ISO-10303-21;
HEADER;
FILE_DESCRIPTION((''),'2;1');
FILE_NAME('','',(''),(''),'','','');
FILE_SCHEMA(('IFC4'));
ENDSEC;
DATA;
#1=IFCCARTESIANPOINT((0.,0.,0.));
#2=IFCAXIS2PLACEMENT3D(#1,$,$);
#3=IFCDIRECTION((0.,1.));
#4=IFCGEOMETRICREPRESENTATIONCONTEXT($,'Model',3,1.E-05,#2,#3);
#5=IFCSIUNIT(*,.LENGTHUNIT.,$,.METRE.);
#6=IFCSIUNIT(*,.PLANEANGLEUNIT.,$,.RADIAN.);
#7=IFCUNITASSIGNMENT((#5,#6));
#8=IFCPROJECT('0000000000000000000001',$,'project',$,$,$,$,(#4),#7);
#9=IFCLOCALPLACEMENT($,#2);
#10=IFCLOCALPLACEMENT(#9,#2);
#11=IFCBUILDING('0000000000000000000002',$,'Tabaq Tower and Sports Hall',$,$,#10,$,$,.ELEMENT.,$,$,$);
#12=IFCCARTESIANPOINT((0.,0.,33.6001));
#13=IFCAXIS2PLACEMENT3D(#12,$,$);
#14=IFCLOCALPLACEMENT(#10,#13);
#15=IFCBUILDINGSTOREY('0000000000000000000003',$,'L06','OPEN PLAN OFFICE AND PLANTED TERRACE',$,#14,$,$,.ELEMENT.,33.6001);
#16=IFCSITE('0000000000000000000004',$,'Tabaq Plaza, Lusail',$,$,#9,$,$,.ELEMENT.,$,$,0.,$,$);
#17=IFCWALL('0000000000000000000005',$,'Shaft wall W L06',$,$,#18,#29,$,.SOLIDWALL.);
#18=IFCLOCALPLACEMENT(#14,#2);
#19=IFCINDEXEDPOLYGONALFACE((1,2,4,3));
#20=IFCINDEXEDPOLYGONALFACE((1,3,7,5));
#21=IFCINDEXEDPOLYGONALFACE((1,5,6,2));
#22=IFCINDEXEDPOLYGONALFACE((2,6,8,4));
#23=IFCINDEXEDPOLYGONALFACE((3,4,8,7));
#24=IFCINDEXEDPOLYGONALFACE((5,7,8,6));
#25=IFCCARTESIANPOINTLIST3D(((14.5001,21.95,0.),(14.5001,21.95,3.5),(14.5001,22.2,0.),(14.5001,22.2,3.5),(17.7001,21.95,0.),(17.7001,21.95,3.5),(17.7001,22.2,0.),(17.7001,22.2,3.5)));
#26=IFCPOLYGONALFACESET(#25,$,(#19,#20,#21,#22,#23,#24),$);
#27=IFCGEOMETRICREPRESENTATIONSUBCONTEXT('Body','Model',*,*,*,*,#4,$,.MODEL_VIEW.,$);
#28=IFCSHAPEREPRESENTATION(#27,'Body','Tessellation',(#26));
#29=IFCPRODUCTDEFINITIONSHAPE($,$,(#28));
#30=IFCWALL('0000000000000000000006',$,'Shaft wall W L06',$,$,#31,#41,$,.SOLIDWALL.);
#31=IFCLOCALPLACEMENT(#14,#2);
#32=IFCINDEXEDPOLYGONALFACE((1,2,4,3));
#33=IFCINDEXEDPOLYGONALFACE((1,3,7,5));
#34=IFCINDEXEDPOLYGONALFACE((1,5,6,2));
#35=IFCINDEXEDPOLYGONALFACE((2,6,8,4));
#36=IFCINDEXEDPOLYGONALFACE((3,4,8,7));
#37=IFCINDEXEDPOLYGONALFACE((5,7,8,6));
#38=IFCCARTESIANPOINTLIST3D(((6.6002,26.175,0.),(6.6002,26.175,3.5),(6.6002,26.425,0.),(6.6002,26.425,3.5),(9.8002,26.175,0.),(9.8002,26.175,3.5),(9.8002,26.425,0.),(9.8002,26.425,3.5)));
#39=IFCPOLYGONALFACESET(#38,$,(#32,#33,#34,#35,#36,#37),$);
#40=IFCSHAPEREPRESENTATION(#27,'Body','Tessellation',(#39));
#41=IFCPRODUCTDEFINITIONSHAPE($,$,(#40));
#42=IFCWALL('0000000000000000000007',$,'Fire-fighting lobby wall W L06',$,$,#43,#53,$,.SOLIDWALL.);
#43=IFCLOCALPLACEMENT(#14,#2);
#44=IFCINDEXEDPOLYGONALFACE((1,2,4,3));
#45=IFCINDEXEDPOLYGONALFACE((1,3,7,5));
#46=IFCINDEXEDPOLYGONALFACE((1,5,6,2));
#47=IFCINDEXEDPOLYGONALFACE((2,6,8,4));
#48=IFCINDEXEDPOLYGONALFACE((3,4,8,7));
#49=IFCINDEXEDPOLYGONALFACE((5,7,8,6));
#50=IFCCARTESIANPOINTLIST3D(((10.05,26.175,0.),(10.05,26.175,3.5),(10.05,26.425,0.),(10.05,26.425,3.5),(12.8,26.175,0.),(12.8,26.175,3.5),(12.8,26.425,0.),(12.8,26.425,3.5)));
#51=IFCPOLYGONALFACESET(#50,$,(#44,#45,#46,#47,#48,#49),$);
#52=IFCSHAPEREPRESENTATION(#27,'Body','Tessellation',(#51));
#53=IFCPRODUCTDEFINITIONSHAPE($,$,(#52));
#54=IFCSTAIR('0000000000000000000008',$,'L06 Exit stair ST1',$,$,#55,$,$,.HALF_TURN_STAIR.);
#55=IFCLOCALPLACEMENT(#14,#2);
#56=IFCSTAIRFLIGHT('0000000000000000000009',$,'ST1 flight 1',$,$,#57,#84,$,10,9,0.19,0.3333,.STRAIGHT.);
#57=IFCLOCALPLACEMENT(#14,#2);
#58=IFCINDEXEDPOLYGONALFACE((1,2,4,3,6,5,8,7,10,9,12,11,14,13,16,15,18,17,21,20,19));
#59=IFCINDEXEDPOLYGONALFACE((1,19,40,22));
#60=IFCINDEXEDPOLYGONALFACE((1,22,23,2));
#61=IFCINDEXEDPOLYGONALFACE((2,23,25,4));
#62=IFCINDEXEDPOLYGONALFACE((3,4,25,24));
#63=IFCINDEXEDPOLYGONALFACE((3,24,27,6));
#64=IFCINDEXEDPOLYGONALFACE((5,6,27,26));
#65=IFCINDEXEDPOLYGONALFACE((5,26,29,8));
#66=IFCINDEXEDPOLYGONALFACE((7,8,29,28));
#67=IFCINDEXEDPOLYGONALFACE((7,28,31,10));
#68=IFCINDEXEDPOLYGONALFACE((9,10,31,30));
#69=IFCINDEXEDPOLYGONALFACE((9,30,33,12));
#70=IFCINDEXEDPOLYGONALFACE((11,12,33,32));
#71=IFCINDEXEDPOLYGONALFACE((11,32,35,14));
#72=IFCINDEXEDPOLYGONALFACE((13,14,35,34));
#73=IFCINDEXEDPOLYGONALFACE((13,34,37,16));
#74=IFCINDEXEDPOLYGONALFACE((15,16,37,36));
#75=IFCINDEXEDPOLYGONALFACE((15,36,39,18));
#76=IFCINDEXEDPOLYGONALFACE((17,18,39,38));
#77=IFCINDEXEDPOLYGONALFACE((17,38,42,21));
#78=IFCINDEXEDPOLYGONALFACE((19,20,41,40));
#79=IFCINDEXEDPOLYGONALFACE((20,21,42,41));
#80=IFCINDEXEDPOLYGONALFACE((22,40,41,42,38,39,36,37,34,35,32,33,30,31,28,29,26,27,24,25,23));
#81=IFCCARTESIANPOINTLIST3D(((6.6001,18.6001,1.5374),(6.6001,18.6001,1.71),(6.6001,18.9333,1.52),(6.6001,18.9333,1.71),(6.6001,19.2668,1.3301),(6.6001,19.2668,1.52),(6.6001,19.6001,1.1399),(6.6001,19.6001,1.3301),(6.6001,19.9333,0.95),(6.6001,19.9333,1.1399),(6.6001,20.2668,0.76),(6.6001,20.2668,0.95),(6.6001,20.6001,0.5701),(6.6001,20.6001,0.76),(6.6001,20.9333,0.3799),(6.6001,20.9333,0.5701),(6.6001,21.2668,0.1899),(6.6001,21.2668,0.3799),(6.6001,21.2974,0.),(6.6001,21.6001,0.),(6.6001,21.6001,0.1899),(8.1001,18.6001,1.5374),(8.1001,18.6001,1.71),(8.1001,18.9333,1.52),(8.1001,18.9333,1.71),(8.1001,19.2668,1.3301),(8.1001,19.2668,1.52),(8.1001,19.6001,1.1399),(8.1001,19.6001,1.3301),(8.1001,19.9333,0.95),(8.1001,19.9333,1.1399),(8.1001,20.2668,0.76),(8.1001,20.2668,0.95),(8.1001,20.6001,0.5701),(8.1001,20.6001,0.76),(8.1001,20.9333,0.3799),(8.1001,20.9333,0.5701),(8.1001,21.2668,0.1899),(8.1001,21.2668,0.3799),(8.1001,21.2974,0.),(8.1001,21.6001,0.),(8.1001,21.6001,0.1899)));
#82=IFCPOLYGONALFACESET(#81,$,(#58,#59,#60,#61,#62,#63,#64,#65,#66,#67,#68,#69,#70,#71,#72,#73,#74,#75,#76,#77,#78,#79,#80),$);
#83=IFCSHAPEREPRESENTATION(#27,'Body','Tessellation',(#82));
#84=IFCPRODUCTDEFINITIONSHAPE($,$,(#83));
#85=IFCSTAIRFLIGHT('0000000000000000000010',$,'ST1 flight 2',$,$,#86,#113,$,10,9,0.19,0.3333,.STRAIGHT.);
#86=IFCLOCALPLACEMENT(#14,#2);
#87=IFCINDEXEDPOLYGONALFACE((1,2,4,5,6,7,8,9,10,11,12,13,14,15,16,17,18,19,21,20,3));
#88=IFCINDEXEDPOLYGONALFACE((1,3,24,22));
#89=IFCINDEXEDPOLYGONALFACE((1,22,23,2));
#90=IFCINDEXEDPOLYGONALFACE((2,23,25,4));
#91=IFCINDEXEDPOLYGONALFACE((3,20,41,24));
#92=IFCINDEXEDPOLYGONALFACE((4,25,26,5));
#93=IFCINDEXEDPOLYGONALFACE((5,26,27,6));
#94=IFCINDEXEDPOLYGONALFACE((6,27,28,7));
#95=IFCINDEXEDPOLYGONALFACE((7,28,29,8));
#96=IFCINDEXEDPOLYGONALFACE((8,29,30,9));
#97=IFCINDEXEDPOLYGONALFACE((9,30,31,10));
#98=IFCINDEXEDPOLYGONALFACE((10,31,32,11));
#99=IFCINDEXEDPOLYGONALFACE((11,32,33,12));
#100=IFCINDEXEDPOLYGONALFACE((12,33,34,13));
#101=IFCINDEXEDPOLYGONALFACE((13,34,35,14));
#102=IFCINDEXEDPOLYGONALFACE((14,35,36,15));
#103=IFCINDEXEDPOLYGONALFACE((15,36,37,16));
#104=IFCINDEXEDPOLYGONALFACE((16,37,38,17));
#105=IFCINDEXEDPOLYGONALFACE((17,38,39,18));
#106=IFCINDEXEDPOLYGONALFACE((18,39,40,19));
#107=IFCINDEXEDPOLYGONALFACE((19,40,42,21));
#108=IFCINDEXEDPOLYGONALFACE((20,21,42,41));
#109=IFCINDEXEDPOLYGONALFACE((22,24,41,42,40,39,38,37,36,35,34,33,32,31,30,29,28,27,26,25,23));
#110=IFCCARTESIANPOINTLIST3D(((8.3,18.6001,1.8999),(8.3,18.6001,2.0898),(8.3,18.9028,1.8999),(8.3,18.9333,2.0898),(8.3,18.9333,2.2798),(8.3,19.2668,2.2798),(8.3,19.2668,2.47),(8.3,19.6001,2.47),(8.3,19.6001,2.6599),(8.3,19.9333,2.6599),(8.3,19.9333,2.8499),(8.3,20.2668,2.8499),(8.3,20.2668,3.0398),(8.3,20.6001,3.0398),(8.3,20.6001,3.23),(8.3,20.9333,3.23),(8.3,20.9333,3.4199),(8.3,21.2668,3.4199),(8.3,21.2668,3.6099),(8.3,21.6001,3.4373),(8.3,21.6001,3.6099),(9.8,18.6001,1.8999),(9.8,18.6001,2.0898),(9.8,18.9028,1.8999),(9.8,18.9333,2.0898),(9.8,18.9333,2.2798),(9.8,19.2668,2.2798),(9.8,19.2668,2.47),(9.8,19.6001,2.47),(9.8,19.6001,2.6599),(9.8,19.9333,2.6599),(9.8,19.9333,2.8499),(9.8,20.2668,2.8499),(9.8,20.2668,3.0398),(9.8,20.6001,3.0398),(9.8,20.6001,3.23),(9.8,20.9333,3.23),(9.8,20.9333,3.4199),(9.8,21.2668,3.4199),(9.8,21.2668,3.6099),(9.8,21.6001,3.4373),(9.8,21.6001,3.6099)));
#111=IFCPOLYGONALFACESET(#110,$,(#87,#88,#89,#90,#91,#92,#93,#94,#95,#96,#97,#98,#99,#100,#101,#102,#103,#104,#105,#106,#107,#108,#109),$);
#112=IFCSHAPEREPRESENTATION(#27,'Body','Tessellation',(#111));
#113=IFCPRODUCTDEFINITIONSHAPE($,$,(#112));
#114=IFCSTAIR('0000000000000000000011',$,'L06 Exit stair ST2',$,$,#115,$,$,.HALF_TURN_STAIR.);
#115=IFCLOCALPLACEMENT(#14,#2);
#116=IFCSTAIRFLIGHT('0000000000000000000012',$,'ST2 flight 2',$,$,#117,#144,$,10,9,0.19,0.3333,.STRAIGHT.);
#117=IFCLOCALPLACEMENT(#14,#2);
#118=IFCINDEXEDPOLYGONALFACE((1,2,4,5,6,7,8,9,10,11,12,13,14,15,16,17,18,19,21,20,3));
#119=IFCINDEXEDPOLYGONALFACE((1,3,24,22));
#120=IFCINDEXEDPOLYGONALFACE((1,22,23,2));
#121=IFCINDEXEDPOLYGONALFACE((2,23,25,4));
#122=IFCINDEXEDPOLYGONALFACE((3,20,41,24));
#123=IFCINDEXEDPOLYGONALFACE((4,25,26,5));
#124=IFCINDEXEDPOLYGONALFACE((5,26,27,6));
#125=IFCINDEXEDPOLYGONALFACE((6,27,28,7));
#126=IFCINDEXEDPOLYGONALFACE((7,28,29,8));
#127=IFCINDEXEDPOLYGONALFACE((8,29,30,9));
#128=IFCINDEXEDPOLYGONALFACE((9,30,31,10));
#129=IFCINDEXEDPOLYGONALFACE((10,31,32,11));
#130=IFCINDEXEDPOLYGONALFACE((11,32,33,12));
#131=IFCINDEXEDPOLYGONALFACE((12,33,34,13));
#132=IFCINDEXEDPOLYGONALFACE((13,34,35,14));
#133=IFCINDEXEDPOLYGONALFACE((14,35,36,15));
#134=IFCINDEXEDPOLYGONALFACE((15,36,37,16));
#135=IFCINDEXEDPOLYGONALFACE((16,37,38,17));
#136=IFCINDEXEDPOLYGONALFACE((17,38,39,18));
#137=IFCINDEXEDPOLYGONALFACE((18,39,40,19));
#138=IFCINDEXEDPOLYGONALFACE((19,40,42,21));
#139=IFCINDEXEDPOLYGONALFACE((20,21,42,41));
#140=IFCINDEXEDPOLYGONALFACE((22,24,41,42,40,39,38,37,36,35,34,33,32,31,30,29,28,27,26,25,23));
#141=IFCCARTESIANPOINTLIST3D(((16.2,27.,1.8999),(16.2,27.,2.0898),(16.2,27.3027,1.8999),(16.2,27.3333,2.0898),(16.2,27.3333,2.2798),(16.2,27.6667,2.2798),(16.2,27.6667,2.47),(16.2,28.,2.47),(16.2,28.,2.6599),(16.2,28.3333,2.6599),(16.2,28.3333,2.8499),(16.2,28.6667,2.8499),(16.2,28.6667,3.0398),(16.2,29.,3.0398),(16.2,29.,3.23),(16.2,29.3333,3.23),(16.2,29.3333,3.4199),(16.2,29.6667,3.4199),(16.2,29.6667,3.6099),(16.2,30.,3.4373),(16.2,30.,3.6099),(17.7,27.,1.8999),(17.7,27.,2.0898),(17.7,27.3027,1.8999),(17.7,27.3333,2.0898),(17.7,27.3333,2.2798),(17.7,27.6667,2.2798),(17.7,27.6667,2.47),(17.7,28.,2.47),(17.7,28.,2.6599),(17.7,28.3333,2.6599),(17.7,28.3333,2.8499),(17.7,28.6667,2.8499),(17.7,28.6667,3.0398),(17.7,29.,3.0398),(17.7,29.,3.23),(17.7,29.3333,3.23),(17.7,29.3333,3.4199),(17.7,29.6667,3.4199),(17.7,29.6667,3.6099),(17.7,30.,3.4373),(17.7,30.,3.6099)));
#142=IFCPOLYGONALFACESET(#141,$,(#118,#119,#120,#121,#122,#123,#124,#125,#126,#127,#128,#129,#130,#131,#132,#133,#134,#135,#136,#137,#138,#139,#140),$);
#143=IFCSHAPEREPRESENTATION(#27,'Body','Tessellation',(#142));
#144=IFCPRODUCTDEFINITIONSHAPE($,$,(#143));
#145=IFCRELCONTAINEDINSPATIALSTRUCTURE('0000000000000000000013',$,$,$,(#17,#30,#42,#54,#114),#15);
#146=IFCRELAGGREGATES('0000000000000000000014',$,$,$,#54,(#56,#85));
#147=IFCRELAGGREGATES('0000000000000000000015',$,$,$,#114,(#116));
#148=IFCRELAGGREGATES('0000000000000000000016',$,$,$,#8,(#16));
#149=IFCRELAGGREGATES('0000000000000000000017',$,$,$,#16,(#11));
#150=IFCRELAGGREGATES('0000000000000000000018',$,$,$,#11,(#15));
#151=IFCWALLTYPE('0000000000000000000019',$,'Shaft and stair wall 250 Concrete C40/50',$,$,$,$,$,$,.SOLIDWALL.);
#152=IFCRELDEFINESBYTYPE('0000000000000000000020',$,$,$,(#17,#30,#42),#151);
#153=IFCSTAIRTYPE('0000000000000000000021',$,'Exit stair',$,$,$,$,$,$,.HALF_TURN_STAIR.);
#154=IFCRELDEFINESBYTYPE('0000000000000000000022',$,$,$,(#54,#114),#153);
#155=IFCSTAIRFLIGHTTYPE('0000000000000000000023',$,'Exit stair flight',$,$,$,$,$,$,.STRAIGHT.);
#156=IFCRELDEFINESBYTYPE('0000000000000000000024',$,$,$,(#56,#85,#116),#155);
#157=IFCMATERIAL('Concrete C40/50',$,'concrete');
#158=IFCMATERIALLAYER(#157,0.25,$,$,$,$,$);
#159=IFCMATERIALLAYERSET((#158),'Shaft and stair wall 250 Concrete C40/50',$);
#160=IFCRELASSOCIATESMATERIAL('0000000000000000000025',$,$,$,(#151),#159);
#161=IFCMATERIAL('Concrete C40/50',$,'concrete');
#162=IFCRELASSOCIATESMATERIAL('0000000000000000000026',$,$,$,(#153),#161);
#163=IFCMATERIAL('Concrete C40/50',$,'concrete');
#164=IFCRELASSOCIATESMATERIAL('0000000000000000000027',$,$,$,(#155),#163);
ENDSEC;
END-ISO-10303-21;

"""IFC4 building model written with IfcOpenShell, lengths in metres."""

from ifc_helpers import new_model, si_unit, direction, frame, frame_2d, origin, place, context, subcontext, project, spatial, polyline, rectangle, outline, extrude, material, layer, layer_set, type_object, element, aggregate, save


model = new_model("IFC4")

# Units and contexts
model_context = context("Model", 3, precision=1e-05, world=origin(), true_north=direction((0.0, 1.0)))
body_context = subcontext(model_context, "Body", "Model", "MODEL_VIEW")
ifc_project = project(units=[si_unit("LENGTHUNIT", "METRE"), si_unit("PLANEANGLEUNIT", "RADIAN")], contexts=[model_context])

# Site, building, storey
site_placement = place(None, origin())
site = spatial("IfcSite", under=ifc_project, at=site_placement, Name="Tabaq Plaza, Lusail", CompositionType="ELEMENT", RefElevation=0.0)
building_placement = place(site_placement, origin())
building = spatial("IfcBuilding", under=site, at=building_placement, Name="Tabaq Tower and Sports Hall", CompositionType="ELEMENT")
storey_placement = place(building_placement, frame((0.0, 0.0, 33.6001)))
storey = spatial("IfcBuildingStorey", under=building, at=storey_placement, Name="L06", Description="OPEN PLAN OFFICE AND PLANTED TERRACE", CompositionType="ELEMENT", Elevation=33.6001)

# Walls
ifc_material_1 = material(Name="Concrete C40/50", Category="concrete")
ifc_layer_1 = layer(ifc_material_1, 0.25)
ifc_layer_set_1 = layer_set([ifc_layer_1], Name="Shaft and stair wall 250 Concrete C40/50")
wall_type = type_object("IfcWallType", Name="Shaft and stair wall 250 Concrete C40/50", PredefinedType="SOLIDWALL", material=ifc_layer_set_1)
for number, where, z_axis, x_axis, name in (
    (1, (14.5, 22.075, 0.0), (0.0, 0.0, 1.0), (1.0, 0.0, 0.0), "Shaft wall W L06"),
    (2, (6.6001, 26.3, 0.0), (0.0, 0.0, 1.0), (1.0, 0.0, 0.0), "Shaft wall W L06"),
):
    element("IfcWall", number, at=place(storey_placement, frame(where, z_axis=z_axis, x_axis=x_axis)), inside=storey, type_object=wall_type, Name=name, PredefinedType="SOLIDWALL", context=body_context, shape_type="SweptSolid", body=[
        extrude(rectangle(XDim=3.2, YDim=0.25, at=frame_2d((1.6001, 0.0))), origin(), (0.0, 0.0, 1.0), 3.5),
    ])
wall_placement = place(storey_placement, frame((10.05, 26.3, 0.0), z_axis=(0.0, 0.0, 1.0), x_axis=(1.0, 0.0, 0.0)))
element("IfcWall", 3, at=wall_placement, inside=storey, type_object=wall_type, Name="Fire-fighting lobby wall W L06", PredefinedType="SOLIDWALL", context=body_context, shape_type="SweptSolid", body=[
    extrude(rectangle(XDim=2.75, YDim=0.25, at=frame_2d((1.375, 0.0))), origin(), (0.0, 0.0, 1.0), 3.5),
])

# Stair, stair flights
ifc_material_2 = material(Name="Concrete C40/50", Category="concrete")
stair_type = type_object("IfcStairType", Name="Exit stair", PredefinedType="HALF_TURN_STAIR", material=ifc_material_2)
stair_1_placement = place(storey_placement, origin())
stair_1 = element("IfcStair", 4, at=stair_1_placement, inside=storey, type_object=stair_type, Name="L06 Exit stair ST1", PredefinedType="HALF_TURN_STAIR")
ifc_material_3 = material(Name="Concrete C40/50", Category="concrete")
stair_flight_type = type_object("IfcStairFlightType", Name="Exit stair flight", PredefinedType="STRAIGHT", material=ifc_material_3)
stair_flight_1_placement = place(storey_placement, frame((7.3501, 21.6001, 0.0), z_axis=(0.0, 0.0, 1.0), x_axis=(0.0, -1.0, 0.0)))
stair_flight_1 = element("IfcStairFlight", 5, at=stair_flight_1_placement, type_object=stair_flight_type, Name="ST1 flight 1", NumberOfRisers=10, NumberOfTreads=9, PredefinedType="STRAIGHT", RiserHeight=0.19, TreadLength=0.3333, context=body_context, shape_type="SweptSolid", body=[
    extrude(outline(polyline([(0.0, 0.0), (0.0, 0.1899), (0.3333, 0.1899), (0.3333, 0.3799), (0.6667, 0.3799), (0.6667, 0.5701), (1.0, 0.5701), (1.0, 0.76), (1.3333, 0.76), (1.3333, 0.95), (1.6667, 0.95), (1.6667, 1.1399), (2.0, 1.1399), (2.0, 1.3301), (2.3333, 1.3301), (2.3333, 1.52), (2.6667, 1.52), (2.6667, 1.71), (3.0, 1.71), (3.0, 1.8999), (3.0, 1.5374), (0.3027, 0.0), (0.0, 0.0)])), frame((0.0, 0.75, 0.0), z_axis=(0.0, -1.0, 0.0), x_axis=(1.0, 0.0, 0.0)), (0.0, 0.0, 1.0), 1.5),
])
stair_flight_2_placement = place(storey_placement, frame((9.05, 18.6001, 1.8999), z_axis=(0.0, 0.0, 1.0), x_axis=(0.0, 1.0, 0.0)))
stair_flight_2 = element("IfcStairFlight", 6, at=stair_flight_2_placement, type_object=stair_flight_type, Name="ST1 flight 2", NumberOfRisers=10, NumberOfTreads=9, PredefinedType="STRAIGHT", RiserHeight=0.19, TreadLength=0.3333, context=body_context, shape_type="SweptSolid", body=[
    extrude(outline(polyline([(0.0, 0.0), (0.0, 0.1899), (0.3333, 0.1899), (0.3333, 0.3799), (0.6667, 0.3799), (0.6667, 0.5701), (1.0, 0.5701), (1.0, 0.76), (1.3333, 0.76), (1.3333, 0.95), (1.6667, 0.95), (1.6667, 1.1399), (2.0, 1.1399), (2.0, 1.3301), (2.3333, 1.3301), (2.3333, 1.52), (2.6667, 1.52), (2.6667, 1.71), (3.0, 1.71), (3.0, 1.8999), (3.0, 1.5374), (0.3027, 0.0), (0.0, 0.0)])), frame((0.0, 0.75, 0.0), z_axis=(0.0, -1.0, 0.0), x_axis=(1.0, 0.0, 0.0)), (0.0, 0.0, 1.0), 1.5),
])
aggregate(stair_1, [stair_flight_1, stair_flight_2])

# Stair, stair flight
stair_2_placement = place(storey_placement, origin())
stair_2 = element("IfcStair", 7, at=stair_2_placement, inside=storey, type_object=stair_type, Name="L06 Exit stair ST2", PredefinedType="HALF_TURN_STAIR")
stair_flight_3_placement = place(storey_placement, frame((16.95, 27.0, 1.8999), z_axis=(0.0, 0.0, 1.0), x_axis=(0.0, 1.0, 0.0)))
stair_flight_3 = element("IfcStairFlight", 8, at=stair_flight_3_placement, type_object=stair_flight_type, Name="ST2 flight 2", NumberOfRisers=10, NumberOfTreads=9, PredefinedType="STRAIGHT", RiserHeight=0.19, TreadLength=0.3333, context=body_context, shape_type="SweptSolid", body=[
    extrude(outline(polyline([(0.0, 0.0), (0.0, 0.1899), (0.3333, 0.1899), (0.3333, 0.3799), (0.6667, 0.3799), (0.6667, 0.5701), (1.0, 0.5701), (1.0, 0.76), (1.3333, 0.76), (1.3333, 0.95), (1.6667, 0.95), (1.6667, 1.1399), (2.0, 1.1399), (2.0, 1.3301), (2.3333, 1.3301), (2.3333, 1.52), (2.6667, 1.52), (2.6667, 1.71), (3.0, 1.71), (3.0, 1.8999), (3.0, 1.5374), (0.3027, 0.0), (0.0, 0.0)])), frame((0.0, 0.75, 0.0), z_axis=(0.0, -1.0, 0.0), x_axis=(1.0, 0.0, 0.0)), (0.0, 0.0, 1.0), 1.5),
])
aggregate(stair_2, [stair_flight_3])

save(model, "model.ifc")
